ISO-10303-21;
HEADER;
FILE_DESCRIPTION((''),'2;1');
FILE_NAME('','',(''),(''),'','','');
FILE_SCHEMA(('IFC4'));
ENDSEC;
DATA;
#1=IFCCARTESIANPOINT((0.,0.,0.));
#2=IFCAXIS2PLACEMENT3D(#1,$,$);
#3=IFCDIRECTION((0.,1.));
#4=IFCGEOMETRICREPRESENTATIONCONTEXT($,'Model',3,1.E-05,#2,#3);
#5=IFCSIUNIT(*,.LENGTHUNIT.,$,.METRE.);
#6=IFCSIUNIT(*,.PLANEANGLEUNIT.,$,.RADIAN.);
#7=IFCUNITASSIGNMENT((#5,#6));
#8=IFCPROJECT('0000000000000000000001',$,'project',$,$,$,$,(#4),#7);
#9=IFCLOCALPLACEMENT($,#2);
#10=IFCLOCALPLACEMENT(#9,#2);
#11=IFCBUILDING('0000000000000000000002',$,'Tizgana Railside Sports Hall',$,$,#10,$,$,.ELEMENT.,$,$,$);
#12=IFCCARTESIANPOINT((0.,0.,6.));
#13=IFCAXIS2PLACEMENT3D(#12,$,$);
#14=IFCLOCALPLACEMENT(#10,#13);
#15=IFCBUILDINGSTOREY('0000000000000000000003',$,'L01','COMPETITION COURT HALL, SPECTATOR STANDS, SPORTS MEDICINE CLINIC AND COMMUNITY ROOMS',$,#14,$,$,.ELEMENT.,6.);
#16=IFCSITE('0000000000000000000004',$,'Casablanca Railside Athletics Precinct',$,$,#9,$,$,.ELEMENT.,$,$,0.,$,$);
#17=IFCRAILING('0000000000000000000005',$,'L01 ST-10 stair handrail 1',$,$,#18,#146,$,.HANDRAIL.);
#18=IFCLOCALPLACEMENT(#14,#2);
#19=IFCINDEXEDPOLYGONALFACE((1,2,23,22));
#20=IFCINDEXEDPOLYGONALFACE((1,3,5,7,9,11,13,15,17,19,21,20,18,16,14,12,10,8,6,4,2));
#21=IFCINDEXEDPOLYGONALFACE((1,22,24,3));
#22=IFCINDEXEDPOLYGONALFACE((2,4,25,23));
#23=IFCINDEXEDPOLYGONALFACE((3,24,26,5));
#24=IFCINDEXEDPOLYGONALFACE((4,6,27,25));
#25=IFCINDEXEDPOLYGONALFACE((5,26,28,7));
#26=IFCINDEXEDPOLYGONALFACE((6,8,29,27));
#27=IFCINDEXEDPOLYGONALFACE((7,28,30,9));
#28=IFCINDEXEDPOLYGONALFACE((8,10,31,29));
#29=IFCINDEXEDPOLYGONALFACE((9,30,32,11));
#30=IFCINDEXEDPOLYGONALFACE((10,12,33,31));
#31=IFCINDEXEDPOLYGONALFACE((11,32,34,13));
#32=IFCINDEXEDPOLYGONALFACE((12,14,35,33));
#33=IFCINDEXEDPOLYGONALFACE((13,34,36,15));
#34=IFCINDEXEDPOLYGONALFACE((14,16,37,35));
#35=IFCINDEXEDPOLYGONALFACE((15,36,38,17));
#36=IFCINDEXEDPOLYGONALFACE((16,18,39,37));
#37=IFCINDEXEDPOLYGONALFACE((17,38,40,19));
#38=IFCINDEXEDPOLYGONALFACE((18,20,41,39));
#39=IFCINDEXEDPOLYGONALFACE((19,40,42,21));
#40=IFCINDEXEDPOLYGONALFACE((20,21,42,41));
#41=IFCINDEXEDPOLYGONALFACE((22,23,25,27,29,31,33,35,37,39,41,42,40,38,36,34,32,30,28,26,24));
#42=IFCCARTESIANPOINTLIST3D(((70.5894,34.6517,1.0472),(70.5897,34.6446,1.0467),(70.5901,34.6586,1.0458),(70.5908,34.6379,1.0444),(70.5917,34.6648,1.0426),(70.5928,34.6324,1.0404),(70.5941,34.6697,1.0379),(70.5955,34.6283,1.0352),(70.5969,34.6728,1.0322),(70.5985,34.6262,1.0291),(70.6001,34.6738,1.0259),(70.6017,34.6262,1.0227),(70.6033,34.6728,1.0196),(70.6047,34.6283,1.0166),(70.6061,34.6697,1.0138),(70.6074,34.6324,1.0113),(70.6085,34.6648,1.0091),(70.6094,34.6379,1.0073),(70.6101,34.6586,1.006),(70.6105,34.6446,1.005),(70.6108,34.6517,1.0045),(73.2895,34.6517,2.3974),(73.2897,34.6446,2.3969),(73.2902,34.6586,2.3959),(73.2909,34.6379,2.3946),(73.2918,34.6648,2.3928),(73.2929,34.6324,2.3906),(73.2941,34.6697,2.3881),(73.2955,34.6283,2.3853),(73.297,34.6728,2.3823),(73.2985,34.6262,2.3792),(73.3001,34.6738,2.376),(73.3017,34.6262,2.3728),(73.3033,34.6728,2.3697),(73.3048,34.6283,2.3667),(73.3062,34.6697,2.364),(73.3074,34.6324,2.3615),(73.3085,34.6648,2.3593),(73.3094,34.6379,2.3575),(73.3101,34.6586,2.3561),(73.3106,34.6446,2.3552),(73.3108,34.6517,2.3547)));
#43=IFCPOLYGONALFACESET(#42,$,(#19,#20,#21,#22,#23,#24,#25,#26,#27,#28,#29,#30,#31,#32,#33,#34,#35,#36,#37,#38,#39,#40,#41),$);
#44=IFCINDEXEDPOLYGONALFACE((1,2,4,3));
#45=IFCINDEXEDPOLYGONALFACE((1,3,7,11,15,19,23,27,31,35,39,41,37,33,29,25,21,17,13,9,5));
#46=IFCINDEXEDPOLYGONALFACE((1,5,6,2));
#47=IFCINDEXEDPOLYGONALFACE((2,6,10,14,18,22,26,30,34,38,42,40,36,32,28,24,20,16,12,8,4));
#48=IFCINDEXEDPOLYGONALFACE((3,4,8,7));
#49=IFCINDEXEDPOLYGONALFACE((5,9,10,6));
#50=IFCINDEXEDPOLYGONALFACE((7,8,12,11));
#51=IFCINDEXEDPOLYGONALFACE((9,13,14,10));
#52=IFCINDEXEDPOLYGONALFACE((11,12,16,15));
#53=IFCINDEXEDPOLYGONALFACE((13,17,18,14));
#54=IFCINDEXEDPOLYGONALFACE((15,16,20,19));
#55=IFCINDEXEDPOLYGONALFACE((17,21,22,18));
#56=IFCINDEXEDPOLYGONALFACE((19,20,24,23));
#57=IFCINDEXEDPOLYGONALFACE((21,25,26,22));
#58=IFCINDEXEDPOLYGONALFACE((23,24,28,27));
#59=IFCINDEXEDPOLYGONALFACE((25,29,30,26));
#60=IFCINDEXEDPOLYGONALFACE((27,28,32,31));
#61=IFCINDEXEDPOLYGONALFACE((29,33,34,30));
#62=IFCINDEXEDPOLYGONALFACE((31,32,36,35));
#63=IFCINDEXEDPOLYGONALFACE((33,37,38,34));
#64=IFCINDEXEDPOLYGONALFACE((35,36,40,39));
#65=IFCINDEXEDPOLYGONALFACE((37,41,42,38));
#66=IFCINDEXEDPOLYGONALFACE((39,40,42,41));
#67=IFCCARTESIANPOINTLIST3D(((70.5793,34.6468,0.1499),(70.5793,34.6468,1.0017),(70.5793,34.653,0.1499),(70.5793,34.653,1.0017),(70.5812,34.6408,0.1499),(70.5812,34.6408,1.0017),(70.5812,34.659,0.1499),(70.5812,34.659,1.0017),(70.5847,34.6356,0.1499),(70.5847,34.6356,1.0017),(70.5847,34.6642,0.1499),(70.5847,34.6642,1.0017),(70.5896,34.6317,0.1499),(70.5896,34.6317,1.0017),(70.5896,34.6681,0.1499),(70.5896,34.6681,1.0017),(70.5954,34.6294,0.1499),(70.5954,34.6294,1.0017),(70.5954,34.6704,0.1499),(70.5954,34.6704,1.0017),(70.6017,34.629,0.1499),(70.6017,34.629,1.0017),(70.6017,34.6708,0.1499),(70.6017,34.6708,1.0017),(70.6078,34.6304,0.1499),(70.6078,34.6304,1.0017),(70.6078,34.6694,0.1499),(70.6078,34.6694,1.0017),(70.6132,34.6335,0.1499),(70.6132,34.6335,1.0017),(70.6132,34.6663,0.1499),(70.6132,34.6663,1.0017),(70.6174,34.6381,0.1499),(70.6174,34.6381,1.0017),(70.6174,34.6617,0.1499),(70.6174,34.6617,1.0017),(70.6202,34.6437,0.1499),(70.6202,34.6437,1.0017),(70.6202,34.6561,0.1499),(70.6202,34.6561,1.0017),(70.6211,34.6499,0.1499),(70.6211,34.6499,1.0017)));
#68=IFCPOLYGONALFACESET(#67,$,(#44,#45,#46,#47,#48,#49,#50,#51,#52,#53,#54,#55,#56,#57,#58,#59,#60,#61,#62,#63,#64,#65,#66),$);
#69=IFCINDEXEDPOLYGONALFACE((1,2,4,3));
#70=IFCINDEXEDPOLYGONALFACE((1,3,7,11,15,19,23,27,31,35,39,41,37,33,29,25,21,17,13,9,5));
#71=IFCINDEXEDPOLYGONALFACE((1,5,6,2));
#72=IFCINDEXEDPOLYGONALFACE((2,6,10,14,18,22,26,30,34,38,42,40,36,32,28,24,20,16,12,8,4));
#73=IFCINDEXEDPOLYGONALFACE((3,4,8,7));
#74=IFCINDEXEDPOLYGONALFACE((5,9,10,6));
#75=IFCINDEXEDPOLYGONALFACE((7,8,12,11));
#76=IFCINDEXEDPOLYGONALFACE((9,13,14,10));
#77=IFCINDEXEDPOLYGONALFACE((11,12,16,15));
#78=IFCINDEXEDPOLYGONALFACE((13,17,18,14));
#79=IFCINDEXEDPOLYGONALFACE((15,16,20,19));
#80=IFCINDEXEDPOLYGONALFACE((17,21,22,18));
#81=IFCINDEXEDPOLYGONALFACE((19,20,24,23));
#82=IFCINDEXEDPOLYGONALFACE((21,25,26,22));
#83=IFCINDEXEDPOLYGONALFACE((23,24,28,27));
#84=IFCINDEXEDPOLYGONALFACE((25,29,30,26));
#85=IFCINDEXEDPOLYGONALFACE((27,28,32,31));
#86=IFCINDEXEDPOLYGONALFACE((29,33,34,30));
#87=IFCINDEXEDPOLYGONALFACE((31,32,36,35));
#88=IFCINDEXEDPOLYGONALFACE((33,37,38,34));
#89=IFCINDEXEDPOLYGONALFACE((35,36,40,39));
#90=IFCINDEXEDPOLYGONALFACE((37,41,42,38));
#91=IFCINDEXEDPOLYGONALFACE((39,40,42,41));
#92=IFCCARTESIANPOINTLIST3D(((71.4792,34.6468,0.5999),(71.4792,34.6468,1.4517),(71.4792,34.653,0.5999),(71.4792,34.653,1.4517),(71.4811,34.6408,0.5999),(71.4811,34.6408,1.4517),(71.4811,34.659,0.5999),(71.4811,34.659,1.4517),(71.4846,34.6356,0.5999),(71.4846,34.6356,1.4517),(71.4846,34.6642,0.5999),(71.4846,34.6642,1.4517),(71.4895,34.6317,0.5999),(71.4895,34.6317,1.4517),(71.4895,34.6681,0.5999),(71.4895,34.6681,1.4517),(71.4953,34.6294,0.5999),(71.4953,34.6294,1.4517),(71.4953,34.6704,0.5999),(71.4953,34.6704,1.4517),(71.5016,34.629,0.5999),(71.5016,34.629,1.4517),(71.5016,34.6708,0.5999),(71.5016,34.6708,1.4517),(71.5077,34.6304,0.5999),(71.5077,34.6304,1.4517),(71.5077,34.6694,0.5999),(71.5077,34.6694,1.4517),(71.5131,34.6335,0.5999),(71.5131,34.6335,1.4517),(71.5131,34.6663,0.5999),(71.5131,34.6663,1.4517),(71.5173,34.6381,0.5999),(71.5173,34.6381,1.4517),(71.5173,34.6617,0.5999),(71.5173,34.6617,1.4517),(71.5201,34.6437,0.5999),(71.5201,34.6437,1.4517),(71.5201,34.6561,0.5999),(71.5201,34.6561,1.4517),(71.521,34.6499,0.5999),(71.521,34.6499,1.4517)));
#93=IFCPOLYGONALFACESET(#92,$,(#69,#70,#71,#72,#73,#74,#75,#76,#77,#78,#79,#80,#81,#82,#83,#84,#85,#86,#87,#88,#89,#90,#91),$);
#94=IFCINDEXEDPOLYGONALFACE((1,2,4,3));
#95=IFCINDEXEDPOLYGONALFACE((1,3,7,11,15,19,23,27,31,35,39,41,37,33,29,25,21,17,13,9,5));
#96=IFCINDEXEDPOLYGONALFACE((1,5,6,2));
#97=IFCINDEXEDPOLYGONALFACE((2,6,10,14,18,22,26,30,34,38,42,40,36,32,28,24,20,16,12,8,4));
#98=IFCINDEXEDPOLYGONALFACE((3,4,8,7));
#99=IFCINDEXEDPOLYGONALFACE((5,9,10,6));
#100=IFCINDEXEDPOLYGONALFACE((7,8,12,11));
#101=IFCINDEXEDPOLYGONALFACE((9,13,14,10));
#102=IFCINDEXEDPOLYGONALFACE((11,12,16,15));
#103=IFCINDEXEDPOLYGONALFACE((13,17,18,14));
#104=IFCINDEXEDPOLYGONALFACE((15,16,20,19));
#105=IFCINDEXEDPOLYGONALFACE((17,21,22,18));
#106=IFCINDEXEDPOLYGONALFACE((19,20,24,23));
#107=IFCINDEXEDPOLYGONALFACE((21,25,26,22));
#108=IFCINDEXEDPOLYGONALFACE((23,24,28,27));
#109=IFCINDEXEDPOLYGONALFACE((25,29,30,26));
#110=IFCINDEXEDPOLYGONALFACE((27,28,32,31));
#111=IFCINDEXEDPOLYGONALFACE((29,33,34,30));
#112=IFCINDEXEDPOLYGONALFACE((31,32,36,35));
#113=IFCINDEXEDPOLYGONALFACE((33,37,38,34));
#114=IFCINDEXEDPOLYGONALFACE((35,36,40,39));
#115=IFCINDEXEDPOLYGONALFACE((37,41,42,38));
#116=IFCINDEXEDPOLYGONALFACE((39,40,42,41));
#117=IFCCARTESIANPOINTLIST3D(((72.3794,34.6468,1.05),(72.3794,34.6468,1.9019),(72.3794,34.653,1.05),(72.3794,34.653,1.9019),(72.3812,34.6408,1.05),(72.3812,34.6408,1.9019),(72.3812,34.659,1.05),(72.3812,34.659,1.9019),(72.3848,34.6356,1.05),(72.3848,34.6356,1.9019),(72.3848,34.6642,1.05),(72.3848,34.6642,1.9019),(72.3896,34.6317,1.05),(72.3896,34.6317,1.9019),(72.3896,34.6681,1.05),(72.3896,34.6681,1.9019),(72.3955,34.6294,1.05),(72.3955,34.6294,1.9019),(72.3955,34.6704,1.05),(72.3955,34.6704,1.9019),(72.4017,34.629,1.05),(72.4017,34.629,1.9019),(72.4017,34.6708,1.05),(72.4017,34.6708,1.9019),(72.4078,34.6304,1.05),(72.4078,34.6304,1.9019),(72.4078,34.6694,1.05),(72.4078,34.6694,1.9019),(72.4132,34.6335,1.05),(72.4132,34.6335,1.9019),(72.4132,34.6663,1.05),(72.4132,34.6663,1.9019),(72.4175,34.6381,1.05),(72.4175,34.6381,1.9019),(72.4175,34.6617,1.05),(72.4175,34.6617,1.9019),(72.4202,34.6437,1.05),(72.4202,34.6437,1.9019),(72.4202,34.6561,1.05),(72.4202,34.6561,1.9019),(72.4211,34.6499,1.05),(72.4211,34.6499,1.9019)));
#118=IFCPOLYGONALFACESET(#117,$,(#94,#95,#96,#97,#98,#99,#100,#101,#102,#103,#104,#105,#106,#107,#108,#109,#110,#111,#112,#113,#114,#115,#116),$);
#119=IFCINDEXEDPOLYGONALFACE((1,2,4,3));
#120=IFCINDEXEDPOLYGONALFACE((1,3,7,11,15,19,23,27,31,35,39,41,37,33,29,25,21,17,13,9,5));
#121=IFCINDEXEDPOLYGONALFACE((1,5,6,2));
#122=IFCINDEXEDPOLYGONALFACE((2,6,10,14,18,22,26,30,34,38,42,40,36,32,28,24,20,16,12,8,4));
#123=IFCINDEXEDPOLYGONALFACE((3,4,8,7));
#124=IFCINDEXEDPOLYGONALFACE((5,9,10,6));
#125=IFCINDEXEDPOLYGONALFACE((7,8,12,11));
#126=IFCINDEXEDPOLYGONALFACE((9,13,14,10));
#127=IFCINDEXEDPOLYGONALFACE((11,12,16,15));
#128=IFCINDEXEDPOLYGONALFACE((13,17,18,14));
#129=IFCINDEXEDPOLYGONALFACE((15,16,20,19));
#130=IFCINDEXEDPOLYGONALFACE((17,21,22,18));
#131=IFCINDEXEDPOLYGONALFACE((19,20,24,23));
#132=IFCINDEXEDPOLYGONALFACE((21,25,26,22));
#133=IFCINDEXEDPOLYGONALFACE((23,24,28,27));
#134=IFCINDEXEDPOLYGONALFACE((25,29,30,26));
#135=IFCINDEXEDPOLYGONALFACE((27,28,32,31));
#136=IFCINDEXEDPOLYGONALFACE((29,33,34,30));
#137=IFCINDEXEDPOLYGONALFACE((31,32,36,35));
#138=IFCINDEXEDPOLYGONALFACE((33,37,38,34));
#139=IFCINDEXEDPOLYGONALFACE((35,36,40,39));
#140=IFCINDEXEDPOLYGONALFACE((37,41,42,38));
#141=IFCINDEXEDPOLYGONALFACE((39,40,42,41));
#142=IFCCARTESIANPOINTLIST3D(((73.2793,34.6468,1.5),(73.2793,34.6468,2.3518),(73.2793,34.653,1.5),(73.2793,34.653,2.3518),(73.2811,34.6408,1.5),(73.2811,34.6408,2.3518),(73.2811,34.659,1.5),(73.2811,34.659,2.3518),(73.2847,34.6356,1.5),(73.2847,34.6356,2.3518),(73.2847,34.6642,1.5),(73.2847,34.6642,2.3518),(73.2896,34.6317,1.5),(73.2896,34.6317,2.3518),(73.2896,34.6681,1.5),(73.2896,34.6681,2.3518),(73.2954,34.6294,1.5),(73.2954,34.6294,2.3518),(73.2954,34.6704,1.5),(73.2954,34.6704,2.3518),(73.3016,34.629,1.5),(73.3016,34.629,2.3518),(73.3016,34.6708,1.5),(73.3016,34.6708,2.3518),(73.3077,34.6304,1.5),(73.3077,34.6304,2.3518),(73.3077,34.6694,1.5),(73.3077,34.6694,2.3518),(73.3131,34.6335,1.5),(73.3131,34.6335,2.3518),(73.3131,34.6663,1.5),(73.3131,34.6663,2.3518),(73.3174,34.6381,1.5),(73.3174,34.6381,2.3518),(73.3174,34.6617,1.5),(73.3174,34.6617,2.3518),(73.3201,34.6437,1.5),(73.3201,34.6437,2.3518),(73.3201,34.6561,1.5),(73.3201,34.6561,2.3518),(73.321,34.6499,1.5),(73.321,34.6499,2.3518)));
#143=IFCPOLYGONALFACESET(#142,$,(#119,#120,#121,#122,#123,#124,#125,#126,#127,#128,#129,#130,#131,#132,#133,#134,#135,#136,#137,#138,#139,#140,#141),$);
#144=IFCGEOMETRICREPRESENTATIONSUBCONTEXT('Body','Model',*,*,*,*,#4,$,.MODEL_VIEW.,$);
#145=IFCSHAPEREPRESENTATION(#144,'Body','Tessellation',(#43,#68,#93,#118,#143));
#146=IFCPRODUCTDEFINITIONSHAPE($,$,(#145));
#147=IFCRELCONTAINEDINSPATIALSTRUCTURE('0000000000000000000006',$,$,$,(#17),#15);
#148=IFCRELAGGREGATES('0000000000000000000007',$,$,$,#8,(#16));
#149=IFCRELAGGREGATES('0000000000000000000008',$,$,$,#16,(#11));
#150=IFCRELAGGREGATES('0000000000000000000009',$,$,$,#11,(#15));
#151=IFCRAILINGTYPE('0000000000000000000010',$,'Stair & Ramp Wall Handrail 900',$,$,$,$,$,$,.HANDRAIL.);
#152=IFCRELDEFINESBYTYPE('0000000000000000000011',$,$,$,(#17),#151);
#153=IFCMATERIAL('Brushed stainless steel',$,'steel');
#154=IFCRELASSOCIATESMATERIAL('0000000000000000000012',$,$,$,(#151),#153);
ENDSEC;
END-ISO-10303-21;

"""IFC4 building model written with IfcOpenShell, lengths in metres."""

from ifc_helpers import new_model, si_unit, direction, frame, origin, origin_2d, place, context, subcontext, project, spatial, circle, extrude, material, type_object, element, save


model = new_model("IFC4")

# Units and contexts
model_context = context("Model", 3, precision=1e-05, world=origin(), true_north=direction((0.0, 1.0)))
body_context = subcontext(model_context, "Body", "Model", "MODEL_VIEW")
ifc_project = project(units=[si_unit("LENGTHUNIT", "METRE"), si_unit("PLANEANGLEUNIT", "RADIAN")], contexts=[model_context])

# Site, building, storey
site_placement = place(None, origin())
site = spatial("IfcSite", under=ifc_project, at=site_placement, Name="Casablanca Railside Athletics Precinct", CompositionType="ELEMENT", RefElevation=0.0)
building_placement = place(site_placement, origin())
building = spatial("IfcBuilding", under=site, at=building_placement, Name="Tizgana Railside Sports Hall", CompositionType="ELEMENT")
storey_placement = place(building_placement, frame((0.0, 0.0, 6.0)))
storey = spatial("IfcBuildingStorey", under=building, at=storey_placement, Name="L01", Description="COMPETITION COURT HALL, SPECTATOR STANDS, SPORTS MEDICINE CLINIC AND COMMUNITY ROOMS", CompositionType="ELEMENT", Elevation=6.0)

# Railing
ifc_material_1 = material(Name="Brushed stainless steel", Category="steel")
railing_type_1 = type_object("IfcRailingType", Name="Stair & Ramp Wall Handrail 900", PredefinedType="HANDRAIL", material=ifc_material_1)
for number, where, name in (
    (1, (70.6001, 34.6499, 0.1499), "L01 ST-10 stair handrail 1"),
):
    element("IfcRailing", number, at=place(storey_placement, frame(where)), inside=storey, type_object=railing_type_1, Name=name, PredefinedType="HANDRAIL", context=body_context, shape_type="SweptSolid", body=[
        extrude(circle(Radius=0.0239, at=origin_2d()), frame((0.0, 0.0, 0.876), z_axis=(0.894411, 0.0, 0.447246), x_axis=(0.0, 1.0, 0.0)), (0.0, 0.0, 1.0), 3.0188),
        extrude(circle(Radius=0.021, at=origin_2d()), origin(), (0.0, 0.0, 1.0), 0.8518),
        extrude(circle(Radius=0.021, at=origin_2d()), frame((0.8999, 0.0, 0.45)), (0.0, 0.0, 1.0), 0.8518),
        extrude(circle(Radius=0.021, at=origin_2d()), frame((1.8, 0.0, 0.9001)), (0.0, 0.0, 1.0), 0.8518),
        extrude(circle(Radius=0.021, at=origin_2d()), frame((2.7, 0.0, 1.3501)), (0.0, 0.0, 1.0), 0.8518),
    ])

save(model, "model.ifc")
